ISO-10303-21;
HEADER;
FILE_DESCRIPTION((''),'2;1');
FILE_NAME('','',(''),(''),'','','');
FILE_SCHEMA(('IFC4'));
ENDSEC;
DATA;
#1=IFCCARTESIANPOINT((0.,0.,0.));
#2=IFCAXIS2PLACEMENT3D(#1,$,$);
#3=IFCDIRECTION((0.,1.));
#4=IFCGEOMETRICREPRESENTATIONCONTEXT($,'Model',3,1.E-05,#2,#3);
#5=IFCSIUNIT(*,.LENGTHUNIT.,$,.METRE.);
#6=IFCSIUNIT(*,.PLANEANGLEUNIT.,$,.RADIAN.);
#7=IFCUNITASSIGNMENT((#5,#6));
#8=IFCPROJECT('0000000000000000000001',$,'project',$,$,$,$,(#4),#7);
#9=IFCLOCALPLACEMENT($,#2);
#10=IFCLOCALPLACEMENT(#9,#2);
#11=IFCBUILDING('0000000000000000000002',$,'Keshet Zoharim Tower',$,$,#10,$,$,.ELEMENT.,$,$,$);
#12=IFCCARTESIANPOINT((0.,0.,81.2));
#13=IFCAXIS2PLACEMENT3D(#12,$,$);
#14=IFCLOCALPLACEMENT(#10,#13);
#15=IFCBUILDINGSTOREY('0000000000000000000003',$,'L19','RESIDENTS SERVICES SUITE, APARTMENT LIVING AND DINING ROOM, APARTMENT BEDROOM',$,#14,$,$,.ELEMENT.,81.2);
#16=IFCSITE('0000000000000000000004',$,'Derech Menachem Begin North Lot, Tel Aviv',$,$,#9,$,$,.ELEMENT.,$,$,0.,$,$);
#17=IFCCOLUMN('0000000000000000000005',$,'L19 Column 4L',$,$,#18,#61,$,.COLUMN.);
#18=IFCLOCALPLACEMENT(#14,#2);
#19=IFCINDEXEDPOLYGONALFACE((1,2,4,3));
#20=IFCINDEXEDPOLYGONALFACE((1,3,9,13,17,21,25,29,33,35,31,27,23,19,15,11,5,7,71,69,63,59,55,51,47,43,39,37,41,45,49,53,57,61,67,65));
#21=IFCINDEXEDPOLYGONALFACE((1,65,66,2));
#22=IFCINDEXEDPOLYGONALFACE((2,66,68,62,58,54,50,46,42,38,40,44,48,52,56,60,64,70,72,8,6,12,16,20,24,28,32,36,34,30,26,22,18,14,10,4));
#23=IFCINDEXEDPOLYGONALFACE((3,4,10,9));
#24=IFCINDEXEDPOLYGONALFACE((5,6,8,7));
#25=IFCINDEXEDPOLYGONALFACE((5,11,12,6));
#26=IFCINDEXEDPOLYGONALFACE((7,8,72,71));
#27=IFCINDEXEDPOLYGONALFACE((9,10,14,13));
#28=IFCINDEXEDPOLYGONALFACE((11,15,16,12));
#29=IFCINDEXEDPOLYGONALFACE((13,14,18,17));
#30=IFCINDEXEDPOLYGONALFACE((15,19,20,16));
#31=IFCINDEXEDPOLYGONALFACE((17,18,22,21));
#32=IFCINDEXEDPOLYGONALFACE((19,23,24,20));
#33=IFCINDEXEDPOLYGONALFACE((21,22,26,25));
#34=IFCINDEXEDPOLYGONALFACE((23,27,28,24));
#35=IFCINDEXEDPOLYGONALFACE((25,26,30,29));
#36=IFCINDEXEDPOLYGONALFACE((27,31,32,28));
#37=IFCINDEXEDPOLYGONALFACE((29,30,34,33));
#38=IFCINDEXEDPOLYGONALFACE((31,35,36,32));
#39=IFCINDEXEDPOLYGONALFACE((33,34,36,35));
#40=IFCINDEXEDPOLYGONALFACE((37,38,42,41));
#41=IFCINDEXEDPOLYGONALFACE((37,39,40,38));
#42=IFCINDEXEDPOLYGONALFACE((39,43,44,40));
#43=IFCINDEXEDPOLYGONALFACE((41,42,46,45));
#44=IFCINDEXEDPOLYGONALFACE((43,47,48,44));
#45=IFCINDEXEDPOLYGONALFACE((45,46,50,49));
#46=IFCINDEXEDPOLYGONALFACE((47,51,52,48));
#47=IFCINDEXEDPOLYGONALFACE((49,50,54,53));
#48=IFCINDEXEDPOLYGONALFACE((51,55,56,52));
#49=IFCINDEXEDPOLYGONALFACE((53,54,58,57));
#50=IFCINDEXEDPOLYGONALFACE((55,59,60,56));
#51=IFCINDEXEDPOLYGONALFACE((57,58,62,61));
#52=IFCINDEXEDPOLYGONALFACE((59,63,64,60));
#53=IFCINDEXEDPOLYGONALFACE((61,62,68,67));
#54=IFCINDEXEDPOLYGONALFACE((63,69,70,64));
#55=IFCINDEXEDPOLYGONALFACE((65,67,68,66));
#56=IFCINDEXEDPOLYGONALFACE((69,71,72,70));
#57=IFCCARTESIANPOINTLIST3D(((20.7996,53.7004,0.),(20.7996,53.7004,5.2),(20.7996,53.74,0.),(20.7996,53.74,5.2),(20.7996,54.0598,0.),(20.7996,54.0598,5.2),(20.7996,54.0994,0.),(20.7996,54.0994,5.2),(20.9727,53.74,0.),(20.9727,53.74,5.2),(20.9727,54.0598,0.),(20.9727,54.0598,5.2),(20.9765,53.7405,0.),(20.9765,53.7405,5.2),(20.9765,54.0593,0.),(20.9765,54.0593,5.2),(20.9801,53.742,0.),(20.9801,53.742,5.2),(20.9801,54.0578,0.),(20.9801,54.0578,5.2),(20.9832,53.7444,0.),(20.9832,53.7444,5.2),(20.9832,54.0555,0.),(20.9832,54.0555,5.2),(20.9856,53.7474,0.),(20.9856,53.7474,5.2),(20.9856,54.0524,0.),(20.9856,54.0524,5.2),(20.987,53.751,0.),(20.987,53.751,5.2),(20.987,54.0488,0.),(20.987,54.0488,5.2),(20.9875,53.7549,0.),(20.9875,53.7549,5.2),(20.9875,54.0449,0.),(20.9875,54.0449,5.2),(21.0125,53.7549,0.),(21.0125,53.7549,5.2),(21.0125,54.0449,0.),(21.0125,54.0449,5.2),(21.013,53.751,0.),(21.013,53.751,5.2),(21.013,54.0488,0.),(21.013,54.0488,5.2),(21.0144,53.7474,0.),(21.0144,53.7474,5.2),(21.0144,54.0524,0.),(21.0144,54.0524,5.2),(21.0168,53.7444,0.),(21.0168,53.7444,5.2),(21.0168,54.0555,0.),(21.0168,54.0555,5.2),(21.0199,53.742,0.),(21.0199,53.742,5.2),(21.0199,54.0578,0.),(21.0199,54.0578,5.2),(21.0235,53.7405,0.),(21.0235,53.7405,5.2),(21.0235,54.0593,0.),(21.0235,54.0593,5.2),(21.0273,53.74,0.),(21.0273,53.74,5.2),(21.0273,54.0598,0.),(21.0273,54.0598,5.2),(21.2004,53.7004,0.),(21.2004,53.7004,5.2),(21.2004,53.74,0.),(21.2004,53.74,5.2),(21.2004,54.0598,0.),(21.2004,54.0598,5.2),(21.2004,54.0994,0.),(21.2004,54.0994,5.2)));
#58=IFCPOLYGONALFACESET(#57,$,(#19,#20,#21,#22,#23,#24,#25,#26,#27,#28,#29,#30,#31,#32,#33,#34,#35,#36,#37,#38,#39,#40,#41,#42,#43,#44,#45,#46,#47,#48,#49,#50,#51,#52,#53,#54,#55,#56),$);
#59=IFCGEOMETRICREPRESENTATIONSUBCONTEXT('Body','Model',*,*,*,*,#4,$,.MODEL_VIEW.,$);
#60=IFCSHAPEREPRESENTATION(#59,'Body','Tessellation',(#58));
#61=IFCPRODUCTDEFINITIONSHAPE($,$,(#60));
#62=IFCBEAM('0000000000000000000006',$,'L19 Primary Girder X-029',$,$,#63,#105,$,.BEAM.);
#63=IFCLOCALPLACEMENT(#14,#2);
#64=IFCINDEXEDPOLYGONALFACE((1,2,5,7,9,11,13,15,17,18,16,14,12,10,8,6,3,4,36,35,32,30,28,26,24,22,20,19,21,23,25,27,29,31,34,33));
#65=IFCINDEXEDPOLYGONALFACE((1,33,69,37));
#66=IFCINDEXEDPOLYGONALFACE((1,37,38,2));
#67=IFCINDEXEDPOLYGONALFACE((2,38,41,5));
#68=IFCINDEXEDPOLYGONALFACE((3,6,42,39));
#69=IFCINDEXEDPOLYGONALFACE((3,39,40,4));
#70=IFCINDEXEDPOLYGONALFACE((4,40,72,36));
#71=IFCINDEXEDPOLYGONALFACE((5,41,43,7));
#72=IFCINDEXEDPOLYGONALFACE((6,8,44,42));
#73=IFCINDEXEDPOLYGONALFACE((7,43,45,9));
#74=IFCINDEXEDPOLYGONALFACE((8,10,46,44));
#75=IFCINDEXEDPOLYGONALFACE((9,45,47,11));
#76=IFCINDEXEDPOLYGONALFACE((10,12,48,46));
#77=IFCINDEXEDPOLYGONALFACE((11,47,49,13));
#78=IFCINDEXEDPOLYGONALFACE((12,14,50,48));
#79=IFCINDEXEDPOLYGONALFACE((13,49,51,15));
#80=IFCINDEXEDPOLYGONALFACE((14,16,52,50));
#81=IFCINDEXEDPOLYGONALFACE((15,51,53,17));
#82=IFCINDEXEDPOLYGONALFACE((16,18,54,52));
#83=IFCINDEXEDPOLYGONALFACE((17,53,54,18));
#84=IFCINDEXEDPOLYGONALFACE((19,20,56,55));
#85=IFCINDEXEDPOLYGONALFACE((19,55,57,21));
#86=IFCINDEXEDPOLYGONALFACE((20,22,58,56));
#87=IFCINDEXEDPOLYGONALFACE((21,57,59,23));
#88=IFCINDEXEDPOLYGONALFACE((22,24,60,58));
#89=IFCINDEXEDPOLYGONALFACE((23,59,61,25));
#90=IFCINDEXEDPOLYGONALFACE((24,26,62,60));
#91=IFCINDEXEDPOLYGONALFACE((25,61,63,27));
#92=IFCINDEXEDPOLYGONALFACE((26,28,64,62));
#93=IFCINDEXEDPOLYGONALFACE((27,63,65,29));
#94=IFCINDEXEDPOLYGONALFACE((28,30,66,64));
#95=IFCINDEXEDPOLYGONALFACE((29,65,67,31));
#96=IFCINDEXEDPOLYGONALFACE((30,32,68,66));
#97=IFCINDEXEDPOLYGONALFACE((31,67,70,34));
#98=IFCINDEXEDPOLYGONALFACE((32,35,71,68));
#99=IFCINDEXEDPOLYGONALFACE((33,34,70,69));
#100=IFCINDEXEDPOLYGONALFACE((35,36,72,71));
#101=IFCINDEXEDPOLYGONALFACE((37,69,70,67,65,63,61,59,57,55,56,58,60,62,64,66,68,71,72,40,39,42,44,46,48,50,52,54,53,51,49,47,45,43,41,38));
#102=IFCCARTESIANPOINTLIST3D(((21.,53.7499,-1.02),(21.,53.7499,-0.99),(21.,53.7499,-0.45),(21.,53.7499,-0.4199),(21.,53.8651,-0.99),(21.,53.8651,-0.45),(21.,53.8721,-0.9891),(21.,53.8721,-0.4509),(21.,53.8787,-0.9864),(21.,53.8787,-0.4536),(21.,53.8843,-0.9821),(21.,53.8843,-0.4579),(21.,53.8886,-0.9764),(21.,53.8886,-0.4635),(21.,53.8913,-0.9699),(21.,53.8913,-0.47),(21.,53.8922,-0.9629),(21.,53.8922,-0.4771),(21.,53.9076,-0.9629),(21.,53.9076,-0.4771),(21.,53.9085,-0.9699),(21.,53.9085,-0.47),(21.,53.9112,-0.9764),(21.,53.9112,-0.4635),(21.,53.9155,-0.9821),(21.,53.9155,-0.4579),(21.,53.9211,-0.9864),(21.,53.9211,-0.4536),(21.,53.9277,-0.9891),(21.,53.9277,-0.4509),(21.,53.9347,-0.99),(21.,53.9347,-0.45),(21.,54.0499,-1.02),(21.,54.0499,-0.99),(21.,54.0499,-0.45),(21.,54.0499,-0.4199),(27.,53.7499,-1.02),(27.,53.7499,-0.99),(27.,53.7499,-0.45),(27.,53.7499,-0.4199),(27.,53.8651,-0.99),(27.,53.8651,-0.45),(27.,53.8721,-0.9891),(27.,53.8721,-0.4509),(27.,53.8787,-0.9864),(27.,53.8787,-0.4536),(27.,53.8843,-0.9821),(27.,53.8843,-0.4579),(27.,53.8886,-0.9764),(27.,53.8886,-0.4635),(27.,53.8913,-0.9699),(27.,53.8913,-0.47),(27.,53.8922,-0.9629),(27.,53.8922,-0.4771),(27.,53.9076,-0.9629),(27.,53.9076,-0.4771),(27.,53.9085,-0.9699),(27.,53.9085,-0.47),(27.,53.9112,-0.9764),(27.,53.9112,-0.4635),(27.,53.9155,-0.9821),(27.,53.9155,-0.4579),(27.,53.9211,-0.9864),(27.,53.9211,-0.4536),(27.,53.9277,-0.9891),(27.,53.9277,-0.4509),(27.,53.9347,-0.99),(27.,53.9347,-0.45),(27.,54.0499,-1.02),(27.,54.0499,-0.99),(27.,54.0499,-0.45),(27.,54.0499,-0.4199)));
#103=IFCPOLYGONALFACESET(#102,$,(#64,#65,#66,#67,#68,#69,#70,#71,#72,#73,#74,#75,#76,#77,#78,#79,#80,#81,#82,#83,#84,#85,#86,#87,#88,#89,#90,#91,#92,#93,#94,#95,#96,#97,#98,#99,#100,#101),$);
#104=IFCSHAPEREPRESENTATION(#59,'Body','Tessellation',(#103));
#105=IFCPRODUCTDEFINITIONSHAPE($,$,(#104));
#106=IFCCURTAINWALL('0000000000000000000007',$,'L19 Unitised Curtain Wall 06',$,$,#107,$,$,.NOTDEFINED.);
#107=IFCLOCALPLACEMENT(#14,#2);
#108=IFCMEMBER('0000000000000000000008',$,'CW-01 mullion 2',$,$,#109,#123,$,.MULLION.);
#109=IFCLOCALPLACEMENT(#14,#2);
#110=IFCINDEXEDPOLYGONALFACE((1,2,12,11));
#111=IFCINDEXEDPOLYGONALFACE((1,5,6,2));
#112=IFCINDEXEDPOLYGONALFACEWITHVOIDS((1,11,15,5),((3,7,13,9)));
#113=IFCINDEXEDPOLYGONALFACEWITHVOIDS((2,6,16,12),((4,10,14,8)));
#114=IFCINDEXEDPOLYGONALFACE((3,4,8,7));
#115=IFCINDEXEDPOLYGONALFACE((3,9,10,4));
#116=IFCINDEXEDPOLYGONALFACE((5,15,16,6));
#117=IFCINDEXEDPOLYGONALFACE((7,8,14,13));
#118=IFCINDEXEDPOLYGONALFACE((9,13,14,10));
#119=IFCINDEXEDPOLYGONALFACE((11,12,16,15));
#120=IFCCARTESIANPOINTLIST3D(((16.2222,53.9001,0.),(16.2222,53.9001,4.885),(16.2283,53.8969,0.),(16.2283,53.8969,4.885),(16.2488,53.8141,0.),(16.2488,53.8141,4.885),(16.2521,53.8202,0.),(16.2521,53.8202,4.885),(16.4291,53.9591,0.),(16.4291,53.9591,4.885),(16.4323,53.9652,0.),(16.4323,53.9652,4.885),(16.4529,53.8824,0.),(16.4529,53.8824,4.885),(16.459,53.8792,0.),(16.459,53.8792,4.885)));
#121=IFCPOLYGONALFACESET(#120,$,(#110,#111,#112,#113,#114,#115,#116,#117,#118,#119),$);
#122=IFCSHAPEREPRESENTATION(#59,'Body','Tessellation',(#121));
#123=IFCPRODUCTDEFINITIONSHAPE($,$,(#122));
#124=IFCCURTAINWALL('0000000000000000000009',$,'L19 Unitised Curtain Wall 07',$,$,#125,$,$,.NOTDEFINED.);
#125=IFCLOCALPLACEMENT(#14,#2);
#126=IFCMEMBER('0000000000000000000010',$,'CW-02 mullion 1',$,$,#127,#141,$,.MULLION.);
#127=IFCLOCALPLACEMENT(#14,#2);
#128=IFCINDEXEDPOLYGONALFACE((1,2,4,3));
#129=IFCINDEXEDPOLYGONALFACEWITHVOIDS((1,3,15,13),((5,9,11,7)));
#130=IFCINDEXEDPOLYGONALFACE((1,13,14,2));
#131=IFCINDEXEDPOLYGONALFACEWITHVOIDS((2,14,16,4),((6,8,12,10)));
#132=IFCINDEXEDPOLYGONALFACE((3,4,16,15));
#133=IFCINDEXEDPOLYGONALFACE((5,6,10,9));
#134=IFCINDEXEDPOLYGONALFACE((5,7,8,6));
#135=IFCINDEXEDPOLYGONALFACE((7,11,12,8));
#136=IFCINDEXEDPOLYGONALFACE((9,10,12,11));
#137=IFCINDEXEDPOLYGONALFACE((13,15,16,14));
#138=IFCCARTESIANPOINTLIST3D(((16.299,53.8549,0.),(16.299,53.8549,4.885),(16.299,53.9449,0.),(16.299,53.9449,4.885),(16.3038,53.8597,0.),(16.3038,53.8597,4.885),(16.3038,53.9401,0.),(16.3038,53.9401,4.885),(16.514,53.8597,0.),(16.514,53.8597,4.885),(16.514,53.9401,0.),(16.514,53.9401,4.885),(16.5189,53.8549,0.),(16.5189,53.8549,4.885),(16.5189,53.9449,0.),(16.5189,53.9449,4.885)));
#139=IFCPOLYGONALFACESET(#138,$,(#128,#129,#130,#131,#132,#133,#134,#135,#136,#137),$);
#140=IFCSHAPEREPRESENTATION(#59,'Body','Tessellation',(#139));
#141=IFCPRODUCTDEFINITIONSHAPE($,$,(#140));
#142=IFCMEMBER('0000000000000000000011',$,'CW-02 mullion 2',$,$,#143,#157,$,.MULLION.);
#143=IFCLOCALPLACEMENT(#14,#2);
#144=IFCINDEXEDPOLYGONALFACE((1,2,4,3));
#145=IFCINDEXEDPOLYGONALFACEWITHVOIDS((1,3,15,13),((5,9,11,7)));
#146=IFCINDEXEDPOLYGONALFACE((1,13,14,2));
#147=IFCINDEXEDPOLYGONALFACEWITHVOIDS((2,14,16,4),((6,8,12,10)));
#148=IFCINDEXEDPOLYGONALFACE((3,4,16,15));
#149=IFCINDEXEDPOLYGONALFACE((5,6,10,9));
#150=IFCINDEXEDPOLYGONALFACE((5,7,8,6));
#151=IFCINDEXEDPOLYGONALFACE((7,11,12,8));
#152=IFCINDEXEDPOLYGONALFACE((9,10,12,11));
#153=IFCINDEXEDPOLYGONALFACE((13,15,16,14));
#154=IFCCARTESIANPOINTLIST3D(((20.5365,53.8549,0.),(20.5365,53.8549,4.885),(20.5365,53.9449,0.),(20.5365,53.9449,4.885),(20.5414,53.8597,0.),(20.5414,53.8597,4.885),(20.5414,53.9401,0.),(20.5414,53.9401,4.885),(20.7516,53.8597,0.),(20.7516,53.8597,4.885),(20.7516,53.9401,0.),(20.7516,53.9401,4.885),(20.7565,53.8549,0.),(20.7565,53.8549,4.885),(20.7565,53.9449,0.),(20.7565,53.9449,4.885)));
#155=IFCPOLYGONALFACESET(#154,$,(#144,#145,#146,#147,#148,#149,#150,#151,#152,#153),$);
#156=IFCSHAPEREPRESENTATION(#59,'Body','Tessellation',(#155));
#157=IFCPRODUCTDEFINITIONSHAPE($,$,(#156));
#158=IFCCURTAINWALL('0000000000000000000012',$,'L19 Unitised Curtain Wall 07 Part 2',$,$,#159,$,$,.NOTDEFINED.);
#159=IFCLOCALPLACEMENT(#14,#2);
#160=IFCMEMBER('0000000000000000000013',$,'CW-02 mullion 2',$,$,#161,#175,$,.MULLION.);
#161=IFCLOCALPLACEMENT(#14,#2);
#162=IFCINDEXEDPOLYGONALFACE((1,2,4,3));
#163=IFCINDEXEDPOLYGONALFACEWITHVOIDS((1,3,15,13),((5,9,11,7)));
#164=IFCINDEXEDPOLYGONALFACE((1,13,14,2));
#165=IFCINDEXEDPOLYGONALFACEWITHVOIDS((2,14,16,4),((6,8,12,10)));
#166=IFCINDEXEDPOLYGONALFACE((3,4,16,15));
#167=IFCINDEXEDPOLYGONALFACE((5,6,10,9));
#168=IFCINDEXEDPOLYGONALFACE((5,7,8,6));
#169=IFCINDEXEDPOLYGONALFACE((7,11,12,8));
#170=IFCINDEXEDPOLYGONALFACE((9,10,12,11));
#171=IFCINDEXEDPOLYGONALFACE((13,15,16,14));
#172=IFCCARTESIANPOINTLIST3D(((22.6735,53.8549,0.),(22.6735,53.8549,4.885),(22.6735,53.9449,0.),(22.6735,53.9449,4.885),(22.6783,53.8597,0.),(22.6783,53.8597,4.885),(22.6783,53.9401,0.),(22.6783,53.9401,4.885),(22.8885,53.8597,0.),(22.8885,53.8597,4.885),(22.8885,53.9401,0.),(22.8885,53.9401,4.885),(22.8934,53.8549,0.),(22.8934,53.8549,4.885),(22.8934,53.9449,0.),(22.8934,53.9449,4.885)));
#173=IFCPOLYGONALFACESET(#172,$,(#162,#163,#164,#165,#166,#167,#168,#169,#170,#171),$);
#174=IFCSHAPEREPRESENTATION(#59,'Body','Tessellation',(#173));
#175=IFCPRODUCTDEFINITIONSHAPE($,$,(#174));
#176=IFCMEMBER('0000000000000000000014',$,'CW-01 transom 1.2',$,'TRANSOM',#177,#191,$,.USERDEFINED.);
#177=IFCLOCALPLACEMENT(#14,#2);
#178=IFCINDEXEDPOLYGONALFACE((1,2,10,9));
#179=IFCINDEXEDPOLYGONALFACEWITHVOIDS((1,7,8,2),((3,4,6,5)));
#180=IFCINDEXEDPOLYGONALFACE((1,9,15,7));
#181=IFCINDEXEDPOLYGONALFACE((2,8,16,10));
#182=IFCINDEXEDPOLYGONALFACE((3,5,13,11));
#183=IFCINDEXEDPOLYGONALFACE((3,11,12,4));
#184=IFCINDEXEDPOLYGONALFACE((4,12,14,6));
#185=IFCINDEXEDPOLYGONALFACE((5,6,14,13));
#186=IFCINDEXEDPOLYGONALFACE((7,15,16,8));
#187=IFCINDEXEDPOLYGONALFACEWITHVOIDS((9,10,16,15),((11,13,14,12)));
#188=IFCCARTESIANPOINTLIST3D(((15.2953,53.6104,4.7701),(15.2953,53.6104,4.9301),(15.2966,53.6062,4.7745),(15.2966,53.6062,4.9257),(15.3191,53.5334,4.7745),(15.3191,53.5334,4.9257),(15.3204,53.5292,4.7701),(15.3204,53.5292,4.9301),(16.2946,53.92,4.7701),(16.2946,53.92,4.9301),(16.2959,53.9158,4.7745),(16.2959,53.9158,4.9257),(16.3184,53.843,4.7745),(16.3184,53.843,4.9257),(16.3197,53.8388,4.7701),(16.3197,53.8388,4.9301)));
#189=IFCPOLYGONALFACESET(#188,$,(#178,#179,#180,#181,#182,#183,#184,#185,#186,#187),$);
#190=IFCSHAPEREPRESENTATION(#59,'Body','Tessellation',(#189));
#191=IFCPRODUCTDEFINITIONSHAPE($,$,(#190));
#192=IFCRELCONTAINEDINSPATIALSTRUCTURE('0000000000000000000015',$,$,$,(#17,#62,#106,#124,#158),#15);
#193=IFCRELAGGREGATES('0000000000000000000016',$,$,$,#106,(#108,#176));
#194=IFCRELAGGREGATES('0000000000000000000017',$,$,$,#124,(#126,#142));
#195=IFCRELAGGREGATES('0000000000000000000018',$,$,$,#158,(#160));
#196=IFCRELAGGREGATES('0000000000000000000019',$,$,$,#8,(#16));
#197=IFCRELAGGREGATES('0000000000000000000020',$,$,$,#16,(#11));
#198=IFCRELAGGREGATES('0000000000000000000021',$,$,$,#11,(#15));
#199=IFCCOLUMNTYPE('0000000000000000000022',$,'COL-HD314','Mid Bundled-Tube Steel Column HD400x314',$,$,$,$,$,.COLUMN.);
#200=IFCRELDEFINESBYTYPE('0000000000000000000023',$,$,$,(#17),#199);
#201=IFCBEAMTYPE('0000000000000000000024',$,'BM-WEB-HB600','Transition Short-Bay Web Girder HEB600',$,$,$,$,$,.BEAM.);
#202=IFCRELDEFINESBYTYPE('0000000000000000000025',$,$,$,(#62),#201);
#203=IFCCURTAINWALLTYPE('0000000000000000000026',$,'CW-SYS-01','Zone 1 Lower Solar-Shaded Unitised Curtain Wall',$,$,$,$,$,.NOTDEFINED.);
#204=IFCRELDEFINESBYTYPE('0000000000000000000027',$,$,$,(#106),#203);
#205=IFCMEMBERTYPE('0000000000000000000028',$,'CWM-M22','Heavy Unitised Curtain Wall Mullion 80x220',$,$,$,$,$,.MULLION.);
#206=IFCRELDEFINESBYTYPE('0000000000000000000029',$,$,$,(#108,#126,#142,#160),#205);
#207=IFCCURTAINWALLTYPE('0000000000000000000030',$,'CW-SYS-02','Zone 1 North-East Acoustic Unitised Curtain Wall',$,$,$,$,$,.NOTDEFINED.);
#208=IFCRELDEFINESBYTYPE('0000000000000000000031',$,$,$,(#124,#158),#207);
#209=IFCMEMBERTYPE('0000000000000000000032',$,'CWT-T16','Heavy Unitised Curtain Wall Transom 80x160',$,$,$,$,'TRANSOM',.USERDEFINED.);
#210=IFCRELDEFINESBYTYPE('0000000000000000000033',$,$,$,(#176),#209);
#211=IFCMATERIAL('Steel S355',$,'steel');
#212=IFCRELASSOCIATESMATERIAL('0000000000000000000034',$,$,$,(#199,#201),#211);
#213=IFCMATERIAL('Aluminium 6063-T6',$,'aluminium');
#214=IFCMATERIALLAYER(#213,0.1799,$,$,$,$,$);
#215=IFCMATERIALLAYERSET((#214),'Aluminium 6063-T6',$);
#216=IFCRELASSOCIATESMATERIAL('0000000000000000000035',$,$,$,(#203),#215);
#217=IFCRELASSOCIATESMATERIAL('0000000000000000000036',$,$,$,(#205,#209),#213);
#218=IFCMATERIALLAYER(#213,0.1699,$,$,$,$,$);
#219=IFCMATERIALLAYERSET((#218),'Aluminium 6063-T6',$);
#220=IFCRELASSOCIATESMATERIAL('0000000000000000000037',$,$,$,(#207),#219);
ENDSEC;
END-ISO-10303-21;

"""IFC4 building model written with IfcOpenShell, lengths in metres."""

from ifc_helpers import new_model, si_unit, direction, frame, origin, origin_2d, place, context, subcontext, project, spatial, hollow_rectangle, i_section, extrude, material, layer, layer_set, material_profile, profile_set, type_object, element, aggregate, save


model = new_model("IFC4")

# Units and contexts
model_context = context("Model", 3, precision=1e-05, world=origin(), true_north=direction((0.0, 1.0)))
body_context = subcontext(model_context, "Body", "Model", "MODEL_VIEW")
ifc_project = project(units=[si_unit("LENGTHUNIT", "METRE"), si_unit("PLANEANGLEUNIT", "RADIAN")], contexts=[model_context])

# Site, building, storey
site_placement = place(None, origin())
site = spatial("IfcSite", under=ifc_project, at=site_placement, Name="Derech Menachem Begin North Lot, Tel Aviv", CompositionType="ELEMENT", RefElevation=0.0)
building_placement = place(site_placement, origin())
building = spatial("IfcBuilding", under=site, at=building_placement, Name="Keshet Zoharim Tower", CompositionType="ELEMENT")
storey_placement = place(building_placement, frame((0.0, 0.0, 81.2)))
storey = spatial("IfcBuildingStorey", under=building, at=storey_placement, Name="L19", Description="RESIDENTS SERVICES SUITE, APARTMENT LIVING AND DINING ROOM, APARTMENT BEDROOM", CompositionType="ELEMENT", Elevation=81.2)

# Column
ifc_material_1 = material(Name="Steel S355", Category="steel")
ifc_material_profile_1 = material_profile(ifc_material_1, i_section(OverallWidth=0.4009, OverallDepth=0.3989, WebThickness=0.0249, FlangeThickness=0.0396, FilletRadius=0.0149, at=origin_2d()), Name="HD400x314")
ifc_profile_set_1 = profile_set([ifc_material_profile_1], Name="Steel S355")
column_type = type_object("IfcColumnType", Name="COL-HD314", Description="Mid Bundled-Tube Steel Column HD400x314", PredefinedType="COLUMN", material=ifc_profile_set_1)
column_placement = place(storey_placement, frame((21.0, 53.8999, 0.0), z_axis=(0.0, 0.0, 1.0), x_axis=(1.0, 0.0, 0.0)))
element("IfcColumn", 1, at=column_placement, inside=storey, type_object=column_type, Name="L19 Column 4L", PredefinedType="COLUMN", context=body_context, shape_type="SweptSolid", body=[
    extrude(i_section(OverallWidth=0.4009, OverallDepth=0.3989, WebThickness=0.0249, FlangeThickness=0.0396, FilletRadius=0.0149, at=origin_2d()), origin(), (0.0, 0.0, 1.0), 5.2),
])

# Beam
ifc_material_profile_2 = material_profile(ifc_material_1, i_section(OverallWidth=0.3, OverallDepth=0.6001, WebThickness=0.0154, FlangeThickness=0.03, FilletRadius=0.0271, at=origin_2d()), Name="HEB600")
ifc_profile_set_2 = profile_set([ifc_material_profile_2], Name="Steel S355")
beam_type = type_object("IfcBeamType", Name="BM-WEB-HB600", Description="Transition Short-Bay Web Girder HEB600", PredefinedType="BEAM", material=ifc_profile_set_2)
beam_placement = place(storey_placement, frame((21.0, 53.8999, -0.72), z_axis=(1.0, 0.0, 0.0), x_axis=(0.0, 1.0, 0.0)))
element("IfcBeam", 2, at=beam_placement, inside=storey, type_object=beam_type, Name="L19 Primary Girder X-029", PredefinedType="BEAM", context=body_context, shape_type="SweptSolid", body=[
    extrude(i_section(OverallWidth=0.3, OverallDepth=0.6001, WebThickness=0.0154, FlangeThickness=0.03, FilletRadius=0.0271, at=origin_2d()), origin(), (0.0, 0.0, 1.0), 6.0),
])

# Curtain wall, member
ifc_material_2 = material(Name="Aluminium 6063-T6", Category="aluminium")
ifc_layer_1 = layer(ifc_material_2, 0.1799)
ifc_layer_set_1 = layer_set([ifc_layer_1], Name="Aluminium 6063-T6")
curtain_wall_type_1 = type_object("IfcCurtainWallType", Name="CW-SYS-01", Description="Zone 1 Lower Solar-Shaded Unitised Curtain Wall", PredefinedType="NOTDEFINED", material=ifc_layer_set_1)
curtain_wall_1_placement = place(storey_placement, origin())
curtain_wall_1 = element("IfcCurtainWall", 3, at=curtain_wall_1_placement, inside=storey, type_object=curtain_wall_type_1, Name="L19 Unitised Curtain Wall 06", PredefinedType="NOTDEFINED")
ifc_material_profile_3 = material_profile(ifc_material_2, hollow_rectangle(XDim=0.0901, YDim=0.22, WallThickness=0.0049, at=origin_2d()), Name="MUL-90x220")
ifc_profile_set_3 = profile_set([ifc_material_profile_3], Name="Aluminium 6063-T6")
member_type_1 = type_object("IfcMemberType", Name="CWM-M22", Description="Heavy Unitised Curtain Wall Mullion 80x220", PredefinedType="MULLION", material=ifc_profile_set_3)
member_1_placement = place(storey_placement, frame((16.3406, 53.8896, 0.0), z_axis=(0.0, 0.0, 1.0), x_axis=(-0.295922, 0.955212, 0.0)))
member_1 = element("IfcMember", 4, at=member_1_placement, type_object=member_type_1, Name="CW-01 mullion 2", PredefinedType="MULLION", context=body_context, shape_type="SweptSolid", body=[
    extrude(hollow_rectangle(XDim=0.0901, YDim=0.22, WallThickness=0.0049, at=origin_2d()), origin(), (0.0, 0.0, 1.0), 4.885),
])

# Curtain wall, members
ifc_layer_2 = layer(ifc_material_2, 0.1699)
ifc_layer_set_2 = layer_set([ifc_layer_2], Name="Aluminium 6063-T6")
curtain_wall_type_2 = type_object("IfcCurtainWallType", Name="CW-SYS-02", Description="Zone 1 North-East Acoustic Unitised Curtain Wall", PredefinedType="NOTDEFINED", material=ifc_layer_set_2)
curtain_wall_2_placement = place(storey_placement, origin())
curtain_wall_2 = element("IfcCurtainWall", 5, at=curtain_wall_2_placement, inside=storey, type_object=curtain_wall_type_2, Name="L19 Unitised Curtain Wall 07", PredefinedType="NOTDEFINED")
member_2_placement = place(storey_placement, frame((16.4089, 53.8999, 0.0), z_axis=(0.0, 0.0, 1.0), x_axis=(0.0, 1.0, 0.0)))
member_2 = element("IfcMember", 6, at=member_2_placement, type_object=member_type_1, Name="CW-02 mullion 1", PredefinedType="MULLION", context=body_context, shape_type="SweptSolid", body=[
    extrude(hollow_rectangle(XDim=0.0901, YDim=0.22, WallThickness=0.0049, at=origin_2d()), origin(), (0.0, 0.0, 1.0), 4.885),
])
member_3_placement = place(storey_placement, frame((20.6465, 53.8999, 0.0), z_axis=(0.0, 0.0, 1.0), x_axis=(0.0, 1.0, 0.0)))
member_3 = element("IfcMember", 7, at=member_3_placement, type_object=member_type_1, Name="CW-02 mullion 2", PredefinedType="MULLION", context=body_context, shape_type="SweptSolid", body=[
    extrude(hollow_rectangle(XDim=0.0901, YDim=0.22, WallThickness=0.0049, at=origin_2d()), origin(), (0.0, 0.0, 1.0), 4.885),
])

# Curtain wall, member
curtain_wall_3_placement = place(storey_placement, origin())
curtain_wall_3 = element("IfcCurtainWall", 8, at=curtain_wall_3_placement, inside=storey, type_object=curtain_wall_type_2, Name="L19 Unitised Curtain Wall 07 Part 2", PredefinedType="NOTDEFINED")
member_4_placement = place(storey_placement, frame((22.7834, 53.8999, 0.0), z_axis=(0.0, 0.0, 1.0), x_axis=(0.0, 1.0, 0.0)))
member_4 = element("IfcMember", 9, at=member_4_placement, type_object=member_type_1, Name="CW-02 mullion 2", PredefinedType="MULLION", context=body_context, shape_type="SweptSolid", body=[
    extrude(hollow_rectangle(XDim=0.0901, YDim=0.22, WallThickness=0.0049, at=origin_2d()), origin(), (0.0, 0.0, 1.0), 4.885),
])

# Member
ifc_material_profile_4 = material_profile(ifc_material_2, hollow_rectangle(XDim=0.085, YDim=0.1599, WallThickness=0.0044, at=origin_2d()), Name="TRN-85x160")
ifc_profile_set_4 = profile_set([ifc_material_profile_4], Name="Aluminium 6063-T6")
member_type_2 = type_object("IfcMemberType", Name="CWT-T16", Description="Heavy Unitised Curtain Wall Transom 80x160", ElementType="TRANSOM", PredefinedType="USERDEFINED", material=ifc_profile_set_4)
member_5_placement = place(storey_placement, frame((15.3079, 53.5698, 4.8501), z_axis=(0.955212, 0.295922, 0.0), x_axis=(-0.295922, 0.955212, 0.0)))
member_5 = element("IfcMember", 10, at=member_5_placement, type_object=member_type_2, Name="CW-01 transom 1.2", ObjectType="TRANSOM", PredefinedType="USERDEFINED", context=body_context, shape_type="SweptSolid", body=[
    extrude(hollow_rectangle(XDim=0.085, YDim=0.1599, WallThickness=0.0044, at=origin_2d()), origin(), (0.0, 0.0, 1.0), 1.0461),
])

aggregate(curtain_wall_1, [member_1, member_5])
aggregate(curtain_wall_2, [member_2, member_3])
aggregate(curtain_wall_3, [member_4])

save(model, "model.ifc")
